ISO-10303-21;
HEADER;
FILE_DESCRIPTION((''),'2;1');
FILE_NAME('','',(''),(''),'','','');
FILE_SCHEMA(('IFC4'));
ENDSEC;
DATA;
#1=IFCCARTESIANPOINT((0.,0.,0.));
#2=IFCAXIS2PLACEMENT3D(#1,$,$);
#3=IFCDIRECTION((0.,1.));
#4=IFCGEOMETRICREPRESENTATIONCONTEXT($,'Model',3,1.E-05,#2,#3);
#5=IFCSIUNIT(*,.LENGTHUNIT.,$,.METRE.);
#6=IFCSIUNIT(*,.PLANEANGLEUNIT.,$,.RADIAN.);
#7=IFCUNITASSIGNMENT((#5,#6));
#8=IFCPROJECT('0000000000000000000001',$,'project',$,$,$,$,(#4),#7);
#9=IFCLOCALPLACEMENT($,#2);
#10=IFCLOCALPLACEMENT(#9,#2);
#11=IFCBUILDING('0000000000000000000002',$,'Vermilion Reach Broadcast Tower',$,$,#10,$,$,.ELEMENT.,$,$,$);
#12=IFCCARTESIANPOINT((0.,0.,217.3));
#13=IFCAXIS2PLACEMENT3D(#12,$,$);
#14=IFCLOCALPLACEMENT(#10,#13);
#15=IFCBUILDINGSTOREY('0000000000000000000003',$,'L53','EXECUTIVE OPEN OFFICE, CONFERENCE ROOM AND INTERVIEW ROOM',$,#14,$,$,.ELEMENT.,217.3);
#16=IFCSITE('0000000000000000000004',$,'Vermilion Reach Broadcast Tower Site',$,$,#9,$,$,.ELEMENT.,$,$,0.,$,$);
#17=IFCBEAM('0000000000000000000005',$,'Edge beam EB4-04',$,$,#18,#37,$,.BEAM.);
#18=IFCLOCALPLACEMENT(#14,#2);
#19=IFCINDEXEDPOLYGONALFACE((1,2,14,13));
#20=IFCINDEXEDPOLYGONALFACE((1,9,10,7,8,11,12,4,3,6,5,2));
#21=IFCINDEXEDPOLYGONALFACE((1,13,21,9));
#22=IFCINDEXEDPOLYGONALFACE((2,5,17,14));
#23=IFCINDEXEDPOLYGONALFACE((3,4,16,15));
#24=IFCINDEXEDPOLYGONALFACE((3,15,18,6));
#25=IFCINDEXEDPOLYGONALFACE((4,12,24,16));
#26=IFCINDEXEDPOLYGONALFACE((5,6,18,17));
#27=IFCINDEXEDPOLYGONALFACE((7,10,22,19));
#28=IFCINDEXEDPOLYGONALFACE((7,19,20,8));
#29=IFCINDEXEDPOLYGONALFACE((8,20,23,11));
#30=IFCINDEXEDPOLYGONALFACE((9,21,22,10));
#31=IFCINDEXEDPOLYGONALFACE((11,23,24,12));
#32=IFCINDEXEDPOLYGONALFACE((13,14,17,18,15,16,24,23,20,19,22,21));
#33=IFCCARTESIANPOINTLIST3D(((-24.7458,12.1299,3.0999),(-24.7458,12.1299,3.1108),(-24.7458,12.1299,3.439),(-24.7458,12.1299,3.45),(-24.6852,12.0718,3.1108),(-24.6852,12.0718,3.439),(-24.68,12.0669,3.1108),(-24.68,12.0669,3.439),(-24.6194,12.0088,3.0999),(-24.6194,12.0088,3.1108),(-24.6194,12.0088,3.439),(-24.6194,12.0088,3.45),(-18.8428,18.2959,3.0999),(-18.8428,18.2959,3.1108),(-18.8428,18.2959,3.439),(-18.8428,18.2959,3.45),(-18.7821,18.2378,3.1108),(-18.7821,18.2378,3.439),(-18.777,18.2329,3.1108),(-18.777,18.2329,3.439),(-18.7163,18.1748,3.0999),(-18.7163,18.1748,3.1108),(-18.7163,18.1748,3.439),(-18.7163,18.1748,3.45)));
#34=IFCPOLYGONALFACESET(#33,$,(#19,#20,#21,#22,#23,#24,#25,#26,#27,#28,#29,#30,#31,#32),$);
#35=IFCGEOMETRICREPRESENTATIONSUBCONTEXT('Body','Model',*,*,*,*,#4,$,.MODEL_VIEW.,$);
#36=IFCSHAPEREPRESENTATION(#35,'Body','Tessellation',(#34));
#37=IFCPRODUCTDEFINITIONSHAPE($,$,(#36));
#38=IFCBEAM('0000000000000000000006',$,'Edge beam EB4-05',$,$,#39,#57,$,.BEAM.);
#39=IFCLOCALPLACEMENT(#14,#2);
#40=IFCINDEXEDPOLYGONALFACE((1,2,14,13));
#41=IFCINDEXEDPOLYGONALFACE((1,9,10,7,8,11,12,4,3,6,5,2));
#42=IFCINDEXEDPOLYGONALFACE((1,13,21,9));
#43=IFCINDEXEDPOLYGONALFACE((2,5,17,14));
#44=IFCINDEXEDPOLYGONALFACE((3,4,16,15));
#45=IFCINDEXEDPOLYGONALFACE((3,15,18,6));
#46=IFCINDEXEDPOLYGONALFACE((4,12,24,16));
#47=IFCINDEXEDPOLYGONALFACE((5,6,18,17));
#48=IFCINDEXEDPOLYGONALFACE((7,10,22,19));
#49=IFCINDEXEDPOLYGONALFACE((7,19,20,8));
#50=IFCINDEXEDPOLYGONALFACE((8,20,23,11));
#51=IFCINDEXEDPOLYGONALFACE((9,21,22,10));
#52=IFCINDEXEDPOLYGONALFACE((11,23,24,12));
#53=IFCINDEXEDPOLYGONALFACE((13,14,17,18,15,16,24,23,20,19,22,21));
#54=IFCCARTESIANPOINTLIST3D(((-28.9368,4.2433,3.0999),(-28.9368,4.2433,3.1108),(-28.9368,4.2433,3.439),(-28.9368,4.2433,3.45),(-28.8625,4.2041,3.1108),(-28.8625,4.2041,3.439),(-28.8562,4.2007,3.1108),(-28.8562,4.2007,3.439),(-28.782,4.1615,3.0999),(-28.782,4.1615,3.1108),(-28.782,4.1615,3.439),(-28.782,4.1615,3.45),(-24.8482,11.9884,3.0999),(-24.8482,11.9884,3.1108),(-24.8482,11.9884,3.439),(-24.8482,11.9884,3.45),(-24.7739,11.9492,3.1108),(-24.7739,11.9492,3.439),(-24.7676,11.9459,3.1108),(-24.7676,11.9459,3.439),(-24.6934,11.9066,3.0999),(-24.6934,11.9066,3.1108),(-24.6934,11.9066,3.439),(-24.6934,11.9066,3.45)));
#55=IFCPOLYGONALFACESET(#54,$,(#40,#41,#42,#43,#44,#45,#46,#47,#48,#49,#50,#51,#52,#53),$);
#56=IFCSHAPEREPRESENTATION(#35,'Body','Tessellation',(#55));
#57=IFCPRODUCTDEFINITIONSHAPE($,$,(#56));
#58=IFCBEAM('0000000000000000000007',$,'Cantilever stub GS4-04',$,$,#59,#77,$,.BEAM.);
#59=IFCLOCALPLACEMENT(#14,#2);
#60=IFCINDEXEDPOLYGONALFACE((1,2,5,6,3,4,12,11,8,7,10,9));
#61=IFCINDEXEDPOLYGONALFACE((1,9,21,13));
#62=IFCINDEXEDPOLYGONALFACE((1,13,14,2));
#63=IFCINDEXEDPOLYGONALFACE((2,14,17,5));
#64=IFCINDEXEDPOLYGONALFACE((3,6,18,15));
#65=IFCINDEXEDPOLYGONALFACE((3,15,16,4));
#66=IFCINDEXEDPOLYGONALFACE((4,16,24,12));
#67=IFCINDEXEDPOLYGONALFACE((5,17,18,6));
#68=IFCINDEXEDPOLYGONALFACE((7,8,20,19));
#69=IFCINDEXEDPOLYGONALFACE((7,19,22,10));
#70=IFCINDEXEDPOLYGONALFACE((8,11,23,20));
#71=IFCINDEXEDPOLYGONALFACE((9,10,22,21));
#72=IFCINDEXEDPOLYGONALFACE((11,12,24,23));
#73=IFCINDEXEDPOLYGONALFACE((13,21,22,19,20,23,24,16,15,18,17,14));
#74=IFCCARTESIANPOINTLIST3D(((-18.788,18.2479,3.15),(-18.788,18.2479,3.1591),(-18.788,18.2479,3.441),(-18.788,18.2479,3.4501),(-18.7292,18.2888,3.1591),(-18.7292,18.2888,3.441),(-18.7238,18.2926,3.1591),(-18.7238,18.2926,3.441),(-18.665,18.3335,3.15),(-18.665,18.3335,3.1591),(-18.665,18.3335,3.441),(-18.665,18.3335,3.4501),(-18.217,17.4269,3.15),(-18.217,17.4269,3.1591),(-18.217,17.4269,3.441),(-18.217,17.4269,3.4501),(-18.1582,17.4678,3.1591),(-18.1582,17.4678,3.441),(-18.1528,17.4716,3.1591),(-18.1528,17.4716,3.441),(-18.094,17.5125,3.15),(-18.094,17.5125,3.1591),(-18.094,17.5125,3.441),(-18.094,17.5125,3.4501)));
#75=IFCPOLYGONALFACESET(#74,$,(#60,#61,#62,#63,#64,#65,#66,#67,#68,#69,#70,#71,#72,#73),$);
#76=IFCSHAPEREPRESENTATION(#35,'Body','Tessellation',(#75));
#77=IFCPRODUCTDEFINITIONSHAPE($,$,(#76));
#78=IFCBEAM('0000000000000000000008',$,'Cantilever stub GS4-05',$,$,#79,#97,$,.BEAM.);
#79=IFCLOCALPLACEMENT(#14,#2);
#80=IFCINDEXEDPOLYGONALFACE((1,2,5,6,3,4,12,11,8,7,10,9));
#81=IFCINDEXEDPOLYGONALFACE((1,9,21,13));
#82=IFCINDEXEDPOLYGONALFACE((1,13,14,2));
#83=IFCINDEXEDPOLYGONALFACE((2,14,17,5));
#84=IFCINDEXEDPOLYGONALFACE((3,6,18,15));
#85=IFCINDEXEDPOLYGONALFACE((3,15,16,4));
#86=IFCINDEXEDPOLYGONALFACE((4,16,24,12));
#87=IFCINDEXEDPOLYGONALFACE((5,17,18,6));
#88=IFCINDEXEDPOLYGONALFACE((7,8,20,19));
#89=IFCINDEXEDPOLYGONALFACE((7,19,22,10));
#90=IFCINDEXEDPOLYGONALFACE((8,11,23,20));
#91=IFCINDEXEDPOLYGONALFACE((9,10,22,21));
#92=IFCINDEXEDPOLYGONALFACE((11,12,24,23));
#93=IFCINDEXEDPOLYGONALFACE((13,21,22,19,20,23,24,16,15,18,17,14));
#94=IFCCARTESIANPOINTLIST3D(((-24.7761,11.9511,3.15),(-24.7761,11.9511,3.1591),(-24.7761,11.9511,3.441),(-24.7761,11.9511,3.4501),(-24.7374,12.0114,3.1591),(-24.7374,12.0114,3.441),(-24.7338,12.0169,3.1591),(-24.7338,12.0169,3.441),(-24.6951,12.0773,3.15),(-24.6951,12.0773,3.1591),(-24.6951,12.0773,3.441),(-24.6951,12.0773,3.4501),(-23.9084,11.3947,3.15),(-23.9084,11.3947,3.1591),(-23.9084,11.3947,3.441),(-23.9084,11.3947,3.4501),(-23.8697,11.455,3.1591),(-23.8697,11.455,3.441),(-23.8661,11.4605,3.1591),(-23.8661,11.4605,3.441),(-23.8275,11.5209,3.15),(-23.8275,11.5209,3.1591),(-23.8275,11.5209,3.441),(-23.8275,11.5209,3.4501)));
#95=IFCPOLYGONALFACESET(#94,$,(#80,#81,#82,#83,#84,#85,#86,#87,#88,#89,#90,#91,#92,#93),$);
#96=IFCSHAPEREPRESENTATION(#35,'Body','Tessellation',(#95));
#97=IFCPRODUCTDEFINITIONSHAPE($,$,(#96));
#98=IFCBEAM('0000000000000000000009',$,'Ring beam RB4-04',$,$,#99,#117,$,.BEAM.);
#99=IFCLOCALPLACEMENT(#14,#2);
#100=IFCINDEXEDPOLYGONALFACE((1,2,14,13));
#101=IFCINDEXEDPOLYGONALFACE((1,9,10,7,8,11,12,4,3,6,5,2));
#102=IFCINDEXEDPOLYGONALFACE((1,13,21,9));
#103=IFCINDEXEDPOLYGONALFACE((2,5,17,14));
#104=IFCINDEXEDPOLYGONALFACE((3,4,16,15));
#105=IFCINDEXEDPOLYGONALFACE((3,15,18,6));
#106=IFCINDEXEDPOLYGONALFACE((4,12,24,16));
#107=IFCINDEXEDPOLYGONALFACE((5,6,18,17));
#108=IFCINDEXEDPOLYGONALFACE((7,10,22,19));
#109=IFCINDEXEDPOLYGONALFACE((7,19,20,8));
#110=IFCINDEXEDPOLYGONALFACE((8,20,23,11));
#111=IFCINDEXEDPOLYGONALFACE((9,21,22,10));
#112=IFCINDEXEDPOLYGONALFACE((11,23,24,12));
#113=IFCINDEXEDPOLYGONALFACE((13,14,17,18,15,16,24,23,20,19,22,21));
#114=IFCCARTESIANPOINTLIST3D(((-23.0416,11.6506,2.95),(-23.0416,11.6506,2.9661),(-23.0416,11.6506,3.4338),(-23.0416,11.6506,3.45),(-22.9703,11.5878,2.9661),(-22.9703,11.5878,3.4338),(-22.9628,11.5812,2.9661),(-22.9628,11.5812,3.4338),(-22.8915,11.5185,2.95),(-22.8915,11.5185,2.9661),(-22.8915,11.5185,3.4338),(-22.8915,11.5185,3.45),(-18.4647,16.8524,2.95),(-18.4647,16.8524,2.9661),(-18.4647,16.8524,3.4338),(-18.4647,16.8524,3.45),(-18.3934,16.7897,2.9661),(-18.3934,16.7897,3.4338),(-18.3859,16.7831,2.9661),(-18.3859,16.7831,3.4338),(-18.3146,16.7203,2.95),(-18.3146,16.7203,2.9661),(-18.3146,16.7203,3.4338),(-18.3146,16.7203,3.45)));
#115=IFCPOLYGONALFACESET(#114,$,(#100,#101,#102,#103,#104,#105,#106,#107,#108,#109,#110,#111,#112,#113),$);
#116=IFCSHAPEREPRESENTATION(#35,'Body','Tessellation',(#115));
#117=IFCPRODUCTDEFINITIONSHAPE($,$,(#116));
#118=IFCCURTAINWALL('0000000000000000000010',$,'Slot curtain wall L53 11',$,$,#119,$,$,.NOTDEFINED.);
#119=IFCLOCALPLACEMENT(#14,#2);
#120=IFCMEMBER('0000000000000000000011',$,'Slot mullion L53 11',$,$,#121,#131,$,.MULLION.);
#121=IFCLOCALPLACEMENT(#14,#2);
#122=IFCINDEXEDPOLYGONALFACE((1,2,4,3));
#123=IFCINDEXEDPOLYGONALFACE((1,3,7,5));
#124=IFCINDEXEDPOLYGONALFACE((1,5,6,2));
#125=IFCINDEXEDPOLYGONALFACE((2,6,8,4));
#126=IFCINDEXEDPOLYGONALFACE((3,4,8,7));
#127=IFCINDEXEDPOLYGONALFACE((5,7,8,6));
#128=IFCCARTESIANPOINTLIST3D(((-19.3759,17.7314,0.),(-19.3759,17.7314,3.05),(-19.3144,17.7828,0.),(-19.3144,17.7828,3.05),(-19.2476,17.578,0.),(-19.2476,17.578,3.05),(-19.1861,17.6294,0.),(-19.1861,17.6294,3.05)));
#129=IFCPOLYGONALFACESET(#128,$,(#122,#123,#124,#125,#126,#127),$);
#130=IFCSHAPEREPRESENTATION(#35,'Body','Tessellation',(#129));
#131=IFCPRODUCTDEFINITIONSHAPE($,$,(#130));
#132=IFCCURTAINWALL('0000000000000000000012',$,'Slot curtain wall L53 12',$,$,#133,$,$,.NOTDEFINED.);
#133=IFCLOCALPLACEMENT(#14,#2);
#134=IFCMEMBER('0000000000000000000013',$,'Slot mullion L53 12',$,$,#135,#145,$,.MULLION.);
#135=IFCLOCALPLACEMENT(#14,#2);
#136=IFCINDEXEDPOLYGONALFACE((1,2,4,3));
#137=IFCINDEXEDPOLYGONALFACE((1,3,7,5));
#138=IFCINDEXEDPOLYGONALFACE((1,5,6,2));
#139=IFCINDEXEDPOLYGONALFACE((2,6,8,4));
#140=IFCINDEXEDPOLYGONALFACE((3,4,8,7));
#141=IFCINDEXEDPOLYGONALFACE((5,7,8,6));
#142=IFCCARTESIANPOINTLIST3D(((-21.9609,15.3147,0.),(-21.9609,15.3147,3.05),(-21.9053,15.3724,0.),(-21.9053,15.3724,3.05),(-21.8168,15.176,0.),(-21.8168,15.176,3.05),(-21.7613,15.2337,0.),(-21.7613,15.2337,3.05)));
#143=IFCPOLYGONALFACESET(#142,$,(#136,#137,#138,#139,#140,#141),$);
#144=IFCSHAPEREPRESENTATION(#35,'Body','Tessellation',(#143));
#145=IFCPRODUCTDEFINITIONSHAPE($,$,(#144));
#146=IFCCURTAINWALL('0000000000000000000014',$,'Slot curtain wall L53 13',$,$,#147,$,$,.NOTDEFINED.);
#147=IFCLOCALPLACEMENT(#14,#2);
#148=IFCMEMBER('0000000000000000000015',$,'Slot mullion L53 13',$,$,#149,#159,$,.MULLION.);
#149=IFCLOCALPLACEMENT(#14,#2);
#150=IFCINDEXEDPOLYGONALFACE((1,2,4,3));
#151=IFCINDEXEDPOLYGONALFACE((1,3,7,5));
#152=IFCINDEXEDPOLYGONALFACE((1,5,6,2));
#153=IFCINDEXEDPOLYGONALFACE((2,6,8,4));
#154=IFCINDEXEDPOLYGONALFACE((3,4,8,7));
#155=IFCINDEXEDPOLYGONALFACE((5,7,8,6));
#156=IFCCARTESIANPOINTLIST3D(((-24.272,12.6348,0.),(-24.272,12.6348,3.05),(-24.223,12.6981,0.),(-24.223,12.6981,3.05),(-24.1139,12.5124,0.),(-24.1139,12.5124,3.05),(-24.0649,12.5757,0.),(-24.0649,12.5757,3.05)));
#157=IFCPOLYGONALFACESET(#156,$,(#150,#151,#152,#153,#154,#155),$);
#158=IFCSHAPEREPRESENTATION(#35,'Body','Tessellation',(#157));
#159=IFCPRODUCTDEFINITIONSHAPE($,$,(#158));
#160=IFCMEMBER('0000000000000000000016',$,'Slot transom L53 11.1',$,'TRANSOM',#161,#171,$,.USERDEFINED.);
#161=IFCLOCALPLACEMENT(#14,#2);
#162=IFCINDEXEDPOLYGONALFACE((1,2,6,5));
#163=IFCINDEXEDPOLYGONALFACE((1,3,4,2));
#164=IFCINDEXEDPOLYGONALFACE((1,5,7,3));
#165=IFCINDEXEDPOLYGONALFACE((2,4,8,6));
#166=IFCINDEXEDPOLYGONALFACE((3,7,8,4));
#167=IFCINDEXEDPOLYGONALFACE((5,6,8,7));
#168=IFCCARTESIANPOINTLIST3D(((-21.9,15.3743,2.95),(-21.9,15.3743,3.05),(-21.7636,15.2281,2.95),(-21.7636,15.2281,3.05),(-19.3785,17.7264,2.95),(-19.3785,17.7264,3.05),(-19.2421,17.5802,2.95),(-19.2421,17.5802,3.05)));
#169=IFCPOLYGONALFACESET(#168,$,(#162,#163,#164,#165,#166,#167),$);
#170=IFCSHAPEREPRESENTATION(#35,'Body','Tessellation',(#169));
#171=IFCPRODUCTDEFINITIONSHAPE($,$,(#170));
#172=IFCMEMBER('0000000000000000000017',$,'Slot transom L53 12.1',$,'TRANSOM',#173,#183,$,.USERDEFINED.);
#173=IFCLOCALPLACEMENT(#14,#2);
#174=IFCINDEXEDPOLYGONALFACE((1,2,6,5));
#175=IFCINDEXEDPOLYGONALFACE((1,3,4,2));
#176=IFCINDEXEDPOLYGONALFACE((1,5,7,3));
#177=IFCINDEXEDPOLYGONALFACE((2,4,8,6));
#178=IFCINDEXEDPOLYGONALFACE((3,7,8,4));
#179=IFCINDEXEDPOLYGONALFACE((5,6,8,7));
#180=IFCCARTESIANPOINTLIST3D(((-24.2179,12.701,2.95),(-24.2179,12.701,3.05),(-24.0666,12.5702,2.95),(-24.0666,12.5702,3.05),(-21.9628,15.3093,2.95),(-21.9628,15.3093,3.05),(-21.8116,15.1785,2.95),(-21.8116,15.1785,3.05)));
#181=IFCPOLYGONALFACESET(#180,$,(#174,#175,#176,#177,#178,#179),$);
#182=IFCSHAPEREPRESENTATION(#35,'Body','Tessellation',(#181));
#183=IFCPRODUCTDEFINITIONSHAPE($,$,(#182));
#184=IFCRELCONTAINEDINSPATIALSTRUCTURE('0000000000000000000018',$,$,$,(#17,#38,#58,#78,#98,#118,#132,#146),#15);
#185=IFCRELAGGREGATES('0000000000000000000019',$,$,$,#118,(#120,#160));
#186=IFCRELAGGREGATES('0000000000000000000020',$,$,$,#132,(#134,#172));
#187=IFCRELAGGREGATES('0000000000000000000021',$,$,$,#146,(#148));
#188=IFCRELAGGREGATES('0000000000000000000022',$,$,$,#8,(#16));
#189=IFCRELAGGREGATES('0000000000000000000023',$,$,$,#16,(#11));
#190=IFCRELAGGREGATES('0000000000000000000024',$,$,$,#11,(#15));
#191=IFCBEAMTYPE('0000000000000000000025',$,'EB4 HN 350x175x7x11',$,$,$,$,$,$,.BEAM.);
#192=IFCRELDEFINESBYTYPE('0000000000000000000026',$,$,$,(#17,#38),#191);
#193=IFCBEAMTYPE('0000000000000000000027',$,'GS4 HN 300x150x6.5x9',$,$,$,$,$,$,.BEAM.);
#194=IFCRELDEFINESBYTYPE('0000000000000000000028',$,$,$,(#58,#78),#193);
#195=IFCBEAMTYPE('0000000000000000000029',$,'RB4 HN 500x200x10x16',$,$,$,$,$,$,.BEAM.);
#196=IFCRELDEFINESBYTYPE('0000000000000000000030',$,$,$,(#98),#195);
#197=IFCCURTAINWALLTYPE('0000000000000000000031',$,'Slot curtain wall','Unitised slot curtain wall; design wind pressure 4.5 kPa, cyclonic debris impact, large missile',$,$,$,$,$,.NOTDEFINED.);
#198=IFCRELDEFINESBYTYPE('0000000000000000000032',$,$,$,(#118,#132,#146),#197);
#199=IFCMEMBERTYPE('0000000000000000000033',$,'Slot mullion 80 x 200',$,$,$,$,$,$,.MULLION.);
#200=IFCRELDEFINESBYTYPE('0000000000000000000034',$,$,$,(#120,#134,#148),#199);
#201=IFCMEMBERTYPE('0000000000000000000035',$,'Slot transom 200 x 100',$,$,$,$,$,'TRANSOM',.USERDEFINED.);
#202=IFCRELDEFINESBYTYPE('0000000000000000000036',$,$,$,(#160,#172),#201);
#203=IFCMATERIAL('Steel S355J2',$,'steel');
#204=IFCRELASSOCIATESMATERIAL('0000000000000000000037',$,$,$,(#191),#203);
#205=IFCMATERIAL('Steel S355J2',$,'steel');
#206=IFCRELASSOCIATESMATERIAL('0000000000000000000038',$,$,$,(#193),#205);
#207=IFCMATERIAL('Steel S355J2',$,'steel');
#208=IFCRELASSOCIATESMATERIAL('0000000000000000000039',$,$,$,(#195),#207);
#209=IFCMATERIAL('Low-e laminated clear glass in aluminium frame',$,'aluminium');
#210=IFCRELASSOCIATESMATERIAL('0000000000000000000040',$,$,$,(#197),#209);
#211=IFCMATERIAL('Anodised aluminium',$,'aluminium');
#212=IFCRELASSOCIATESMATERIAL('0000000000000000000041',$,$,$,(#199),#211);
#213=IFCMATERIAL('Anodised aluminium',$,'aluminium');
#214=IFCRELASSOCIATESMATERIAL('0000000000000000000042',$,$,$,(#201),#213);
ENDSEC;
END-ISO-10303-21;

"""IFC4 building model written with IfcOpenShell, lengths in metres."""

from ifc_helpers import new_model, si_unit, direction, frame, origin, origin_2d, place, context, subcontext, project, spatial, rectangle, i_section, extrude, material, material_profile, profile_set, type_object, element, aggregate, save


model = new_model("IFC4")

# Units and contexts
model_context = context("Model", 3, precision=1e-05, world=origin(), true_north=direction((0.0, 1.0)))
body_context = subcontext(model_context, "Body", "Model", "MODEL_VIEW")
ifc_project = project(units=[si_unit("LENGTHUNIT", "METRE"), si_unit("PLANEANGLEUNIT", "RADIAN")], contexts=[model_context])

# Site, building, storey
site_placement = place(None, origin())
site = spatial("IfcSite", under=ifc_project, at=site_placement, Name="Vermilion Reach Broadcast Tower Site", CompositionType="ELEMENT", RefElevation=0.0)
building_placement = place(site_placement, origin())
building = spatial("IfcBuilding", under=site, at=building_placement, Name="Vermilion Reach Broadcast Tower", CompositionType="ELEMENT")
storey_placement = place(building_placement, frame((0.0, 0.0, 217.3)))
storey = spatial("IfcBuildingStorey", under=building, at=storey_placement, Name="L53", Description="EXECUTIVE OPEN OFFICE, CONFERENCE ROOM AND INTERVIEW ROOM", CompositionType="ELEMENT", Elevation=217.3)

# Beams
ifc_material_1 = material(Name="Steel S355J2", Category="steel")
ifc_material_profile_1 = material_profile(ifc_material_1, i_section(OverallWidth=0.175, OverallDepth=0.3501, WebThickness=0.0071, FlangeThickness=0.011, at=origin_2d()), Name="S355J2 HN 350x175x7x11")
ifc_profile_set_1 = profile_set([ifc_material_profile_1], Name="Steel S355J2")
beam_type_1 = type_object("IfcBeamType", Name="EB4 HN 350x175x7x11", PredefinedType="BEAM", material=ifc_profile_set_1)
beam_1_placement = place(storey_placement, frame((-18.7795, 18.2354, 3.2749), z_axis=(-0.691538, -0.722341, 0.0), x_axis=(0.722341, -0.691538, 0.0)))
element("IfcBeam", 1, at=beam_1_placement, inside=storey, type_object=beam_type_1, Name="Edge beam EB4-04", PredefinedType="BEAM", context=body_context, shape_type="SweptSolid", body=[
    extrude(i_section(OverallWidth=0.175, OverallDepth=0.3501, WebThickness=0.0071, FlangeThickness=0.011, at=origin_2d()), origin(), (0.0, 0.0, 1.0), 8.5361),
])
beam_2_placement = place(storey_placement, frame((-24.7708, 11.9475, 3.2749), z_axis=(-0.466841, -0.884341, 0.0), x_axis=(0.884341, -0.466841, 0.0)))
element("IfcBeam", 2, at=beam_2_placement, inside=storey, type_object=beam_type_1, Name="Edge beam EB4-05", PredefinedType="BEAM", context=body_context, shape_type="SweptSolid", body=[
    extrude(i_section(OverallWidth=0.175, OverallDepth=0.3501, WebThickness=0.0071, FlangeThickness=0.011, at=origin_2d()), origin(), (0.0, 0.0, 1.0), 8.7581),
])
ifc_material_2 = material(Name="Steel S355J2", Category="steel")
ifc_material_profile_2 = material_profile(ifc_material_2, i_section(OverallWidth=0.1499, OverallDepth=0.3, WebThickness=0.0066, FlangeThickness=0.009, at=origin_2d()), Name="S355J2 HN 300x150x6.5x9")
ifc_profile_set_2 = profile_set([ifc_material_profile_2], Name="Steel S355J2")
beam_type_2 = type_object("IfcBeamType", Name="GS4 HN 300x150x6.5x9", PredefinedType="BEAM", material=ifc_profile_set_2)
beam_3_placement = place(storey_placement, frame((-18.1555, 17.4697, 3.3), z_axis=(-0.570986, 0.82096, 0.0), x_axis=(-0.82096, -0.570986, 0.0)))
element("IfcBeam", 3, at=beam_3_placement, inside=storey, type_object=beam_type_2, Name="Cantilever stub GS4-04", PredefinedType="BEAM", context=body_context, shape_type="SweptSolid", body=[
    extrude(i_section(OverallWidth=0.1499, OverallDepth=0.3, WebThickness=0.0066, FlangeThickness=0.009, at=origin_2d()), origin(), (0.0, 0.0, 1.0), 1.0),
])
beam_4_placement = place(storey_placement, frame((-23.8679, 11.4578, 3.3), z_axis=(-0.841794, 0.5398, 0.0), x_axis=(-0.5398, -0.841794, 0.0)))
element("IfcBeam", 4, at=beam_4_placement, inside=storey, type_object=beam_type_2, Name="Cantilever stub GS4-05", PredefinedType="BEAM", context=body_context, shape_type="SweptSolid", body=[
    extrude(i_section(OverallWidth=0.1499, OverallDepth=0.3, WebThickness=0.0066, FlangeThickness=0.009, at=origin_2d()), origin(), (0.0, 0.0, 1.0), 1.0308),
])
ifc_material_3 = material(Name="Steel S355J2", Category="steel")
ifc_material_profile_3 = material_profile(ifc_material_3, i_section(OverallWidth=0.2, OverallDepth=0.5, WebThickness=0.01, FlangeThickness=0.0161, at=origin_2d()), Name="S355J2 HN 500x200x10x16")
ifc_profile_set_3 = profile_set([ifc_material_profile_3], Name="Steel S355J2")
beam_type_3 = type_object("IfcBeamType", Name="RB4 HN 500x200x10x16", PredefinedType="BEAM", material=ifc_profile_set_3)
beam_5_placement = place(storey_placement, frame((-18.3896, 16.7864, 3.2), z_axis=(-0.660565, -0.750769, 0.0), x_axis=(0.750769, -0.660565, 0.0)))
element("IfcBeam", 5, at=beam_5_placement, inside=storey, type_object=beam_type_3, Name="Ring beam RB4-04", PredefinedType="BEAM", context=body_context, shape_type="SweptSolid", body=[
    extrude(i_section(OverallWidth=0.2, OverallDepth=0.5, WebThickness=0.01, FlangeThickness=0.0161, at=origin_2d()), origin(), (0.0, 0.0, 1.0), 6.9287),
])

# Curtain walls, members
ifc_material_4 = material(Name="Low-e laminated clear glass in aluminium frame", Category="aluminium")
curtain_wall_type = type_object("IfcCurtainWallType", Name="Slot curtain wall", Description="Unitised slot curtain wall; design wind pressure 4.5 kPa, cyclonic debris impact, large missile", PredefinedType="NOTDEFINED", material=ifc_material_4)
placement = place(storey_placement, origin())
curtain_wall_1 = element("IfcCurtainWall", 6, at=placement, inside=storey, type_object=curtain_wall_type, Name="Slot curtain wall L53 11", PredefinedType="NOTDEFINED")
ifc_material_5 = material(Name="Anodised aluminium", Category="aluminium")
ifc_material_profile_4 = material_profile(ifc_material_5, rectangle(XDim=0.2, YDim=0.0801, at=origin_2d()), Name="Slot mullion 80 x 200")
ifc_profile_set_4 = profile_set([ifc_material_profile_4], Name="Anodised aluminium")
member_type_1 = type_object("IfcMemberType", Name="Slot mullion 80 x 200", PredefinedType="MULLION", material=ifc_profile_set_4)
member_1_placement = place(storey_placement, frame((-19.281, 17.6804, 0.0), z_axis=(0.0, 0.0, 1.0), x_axis=(0.641638, -0.767008, 0.0)))
member_1 = element("IfcMember", 7, at=member_1_placement, type_object=member_type_1, Name="Slot mullion L53 11", PredefinedType="MULLION", context=body_context, shape_type="SweptSolid", body=[
    extrude(rectangle(XDim=0.2, YDim=0.0801, at=origin_2d()), origin(), (0.0, 0.0, 1.0), 3.05),
])
curtain_wall_2 = element("IfcCurtainWall", 8, at=placement, inside=storey, type_object=curtain_wall_type, Name="Slot curtain wall L53 12", PredefinedType="NOTDEFINED")
member_2_placement = place(storey_placement, frame((-21.8611, 15.2742, 0.0), z_axis=(0.0, 0.0, 1.0), x_axis=(0.720309, -0.693653, 0.0)))
member_2 = element("IfcMember", 9, at=member_2_placement, type_object=member_type_1, Name="Slot mullion L53 12", PredefinedType="MULLION", context=body_context, shape_type="SweptSolid", body=[
    extrude(rectangle(XDim=0.2, YDim=0.0801, at=origin_2d()), origin(), (0.0, 0.0, 1.0), 3.05),
])
curtain_wall_3 = element("IfcCurtainWall", 10, at=placement, inside=storey, type_object=curtain_wall_type, Name="Slot curtain wall L53 13", PredefinedType="NOTDEFINED")
member_3_placement = place(storey_placement, frame((-24.1685, 12.6052, 0.0), z_axis=(0.0, 0.0, 1.0), x_axis=(0.790646, -0.612273, 0.0)))
member_3 = element("IfcMember", 11, at=member_3_placement, type_object=member_type_1, Name="Slot mullion L53 13", PredefinedType="MULLION", context=body_context, shape_type="SweptSolid", body=[
    extrude(rectangle(XDim=0.2, YDim=0.0801, at=origin_2d()), origin(), (0.0, 0.0, 1.0), 3.05),
])

# Members
ifc_material_6 = material(Name="Anodised aluminium", Category="aluminium")
ifc_material_profile_5 = material_profile(ifc_material_6, rectangle(XDim=0.2, YDim=0.1001, at=origin_2d()), Name="Slot transom 200 x 100")
ifc_profile_set_5 = profile_set([ifc_material_profile_5], Name="Anodised aluminium")
member_type_2 = type_object("IfcMemberType", Name="Slot transom 200 x 100", ElementType="TRANSOM", PredefinedType="USERDEFINED", material=ifc_profile_set_5)
member_4_placement = place(storey_placement, frame((-19.3103, 17.6533, 3.0), z_axis=(-0.731248, -0.682111, 0.0), x_axis=(0.682111, -0.731248, 0.0)))
member_4 = element("IfcMember", 12, at=member_4_placement, type_object=member_type_2, Name="Slot transom L53 11.1", ObjectType="TRANSOM", PredefinedType="USERDEFINED", context=body_context, shape_type="SweptSolid", body=[
    extrude(rectangle(XDim=0.2, YDim=0.1001, at=origin_2d()), origin(), (0.0, 0.0, 1.0), 3.4482),
])
member_5_placement = place(storey_placement, frame((-21.8872, 15.2439, 3.0), z_axis=(-0.654022, -0.756476, 0.0), x_axis=(0.756476, -0.654022, 0.0)))
member_5 = element("IfcMember", 13, at=member_5_placement, type_object=member_type_2, Name="Slot transom L53 12.1", ObjectType="TRANSOM", PredefinedType="USERDEFINED", context=body_context, shape_type="SweptSolid", body=[
    extrude(rectangle(XDim=0.2, YDim=0.1001, at=origin_2d()), origin(), (0.0, 0.0, 1.0), 3.448),
])

aggregate(curtain_wall_1, [member_1, member_4])
aggregate(curtain_wall_2, [member_2, member_5])
aggregate(curtain_wall_3, [member_3])

save(model, "model.ifc")
